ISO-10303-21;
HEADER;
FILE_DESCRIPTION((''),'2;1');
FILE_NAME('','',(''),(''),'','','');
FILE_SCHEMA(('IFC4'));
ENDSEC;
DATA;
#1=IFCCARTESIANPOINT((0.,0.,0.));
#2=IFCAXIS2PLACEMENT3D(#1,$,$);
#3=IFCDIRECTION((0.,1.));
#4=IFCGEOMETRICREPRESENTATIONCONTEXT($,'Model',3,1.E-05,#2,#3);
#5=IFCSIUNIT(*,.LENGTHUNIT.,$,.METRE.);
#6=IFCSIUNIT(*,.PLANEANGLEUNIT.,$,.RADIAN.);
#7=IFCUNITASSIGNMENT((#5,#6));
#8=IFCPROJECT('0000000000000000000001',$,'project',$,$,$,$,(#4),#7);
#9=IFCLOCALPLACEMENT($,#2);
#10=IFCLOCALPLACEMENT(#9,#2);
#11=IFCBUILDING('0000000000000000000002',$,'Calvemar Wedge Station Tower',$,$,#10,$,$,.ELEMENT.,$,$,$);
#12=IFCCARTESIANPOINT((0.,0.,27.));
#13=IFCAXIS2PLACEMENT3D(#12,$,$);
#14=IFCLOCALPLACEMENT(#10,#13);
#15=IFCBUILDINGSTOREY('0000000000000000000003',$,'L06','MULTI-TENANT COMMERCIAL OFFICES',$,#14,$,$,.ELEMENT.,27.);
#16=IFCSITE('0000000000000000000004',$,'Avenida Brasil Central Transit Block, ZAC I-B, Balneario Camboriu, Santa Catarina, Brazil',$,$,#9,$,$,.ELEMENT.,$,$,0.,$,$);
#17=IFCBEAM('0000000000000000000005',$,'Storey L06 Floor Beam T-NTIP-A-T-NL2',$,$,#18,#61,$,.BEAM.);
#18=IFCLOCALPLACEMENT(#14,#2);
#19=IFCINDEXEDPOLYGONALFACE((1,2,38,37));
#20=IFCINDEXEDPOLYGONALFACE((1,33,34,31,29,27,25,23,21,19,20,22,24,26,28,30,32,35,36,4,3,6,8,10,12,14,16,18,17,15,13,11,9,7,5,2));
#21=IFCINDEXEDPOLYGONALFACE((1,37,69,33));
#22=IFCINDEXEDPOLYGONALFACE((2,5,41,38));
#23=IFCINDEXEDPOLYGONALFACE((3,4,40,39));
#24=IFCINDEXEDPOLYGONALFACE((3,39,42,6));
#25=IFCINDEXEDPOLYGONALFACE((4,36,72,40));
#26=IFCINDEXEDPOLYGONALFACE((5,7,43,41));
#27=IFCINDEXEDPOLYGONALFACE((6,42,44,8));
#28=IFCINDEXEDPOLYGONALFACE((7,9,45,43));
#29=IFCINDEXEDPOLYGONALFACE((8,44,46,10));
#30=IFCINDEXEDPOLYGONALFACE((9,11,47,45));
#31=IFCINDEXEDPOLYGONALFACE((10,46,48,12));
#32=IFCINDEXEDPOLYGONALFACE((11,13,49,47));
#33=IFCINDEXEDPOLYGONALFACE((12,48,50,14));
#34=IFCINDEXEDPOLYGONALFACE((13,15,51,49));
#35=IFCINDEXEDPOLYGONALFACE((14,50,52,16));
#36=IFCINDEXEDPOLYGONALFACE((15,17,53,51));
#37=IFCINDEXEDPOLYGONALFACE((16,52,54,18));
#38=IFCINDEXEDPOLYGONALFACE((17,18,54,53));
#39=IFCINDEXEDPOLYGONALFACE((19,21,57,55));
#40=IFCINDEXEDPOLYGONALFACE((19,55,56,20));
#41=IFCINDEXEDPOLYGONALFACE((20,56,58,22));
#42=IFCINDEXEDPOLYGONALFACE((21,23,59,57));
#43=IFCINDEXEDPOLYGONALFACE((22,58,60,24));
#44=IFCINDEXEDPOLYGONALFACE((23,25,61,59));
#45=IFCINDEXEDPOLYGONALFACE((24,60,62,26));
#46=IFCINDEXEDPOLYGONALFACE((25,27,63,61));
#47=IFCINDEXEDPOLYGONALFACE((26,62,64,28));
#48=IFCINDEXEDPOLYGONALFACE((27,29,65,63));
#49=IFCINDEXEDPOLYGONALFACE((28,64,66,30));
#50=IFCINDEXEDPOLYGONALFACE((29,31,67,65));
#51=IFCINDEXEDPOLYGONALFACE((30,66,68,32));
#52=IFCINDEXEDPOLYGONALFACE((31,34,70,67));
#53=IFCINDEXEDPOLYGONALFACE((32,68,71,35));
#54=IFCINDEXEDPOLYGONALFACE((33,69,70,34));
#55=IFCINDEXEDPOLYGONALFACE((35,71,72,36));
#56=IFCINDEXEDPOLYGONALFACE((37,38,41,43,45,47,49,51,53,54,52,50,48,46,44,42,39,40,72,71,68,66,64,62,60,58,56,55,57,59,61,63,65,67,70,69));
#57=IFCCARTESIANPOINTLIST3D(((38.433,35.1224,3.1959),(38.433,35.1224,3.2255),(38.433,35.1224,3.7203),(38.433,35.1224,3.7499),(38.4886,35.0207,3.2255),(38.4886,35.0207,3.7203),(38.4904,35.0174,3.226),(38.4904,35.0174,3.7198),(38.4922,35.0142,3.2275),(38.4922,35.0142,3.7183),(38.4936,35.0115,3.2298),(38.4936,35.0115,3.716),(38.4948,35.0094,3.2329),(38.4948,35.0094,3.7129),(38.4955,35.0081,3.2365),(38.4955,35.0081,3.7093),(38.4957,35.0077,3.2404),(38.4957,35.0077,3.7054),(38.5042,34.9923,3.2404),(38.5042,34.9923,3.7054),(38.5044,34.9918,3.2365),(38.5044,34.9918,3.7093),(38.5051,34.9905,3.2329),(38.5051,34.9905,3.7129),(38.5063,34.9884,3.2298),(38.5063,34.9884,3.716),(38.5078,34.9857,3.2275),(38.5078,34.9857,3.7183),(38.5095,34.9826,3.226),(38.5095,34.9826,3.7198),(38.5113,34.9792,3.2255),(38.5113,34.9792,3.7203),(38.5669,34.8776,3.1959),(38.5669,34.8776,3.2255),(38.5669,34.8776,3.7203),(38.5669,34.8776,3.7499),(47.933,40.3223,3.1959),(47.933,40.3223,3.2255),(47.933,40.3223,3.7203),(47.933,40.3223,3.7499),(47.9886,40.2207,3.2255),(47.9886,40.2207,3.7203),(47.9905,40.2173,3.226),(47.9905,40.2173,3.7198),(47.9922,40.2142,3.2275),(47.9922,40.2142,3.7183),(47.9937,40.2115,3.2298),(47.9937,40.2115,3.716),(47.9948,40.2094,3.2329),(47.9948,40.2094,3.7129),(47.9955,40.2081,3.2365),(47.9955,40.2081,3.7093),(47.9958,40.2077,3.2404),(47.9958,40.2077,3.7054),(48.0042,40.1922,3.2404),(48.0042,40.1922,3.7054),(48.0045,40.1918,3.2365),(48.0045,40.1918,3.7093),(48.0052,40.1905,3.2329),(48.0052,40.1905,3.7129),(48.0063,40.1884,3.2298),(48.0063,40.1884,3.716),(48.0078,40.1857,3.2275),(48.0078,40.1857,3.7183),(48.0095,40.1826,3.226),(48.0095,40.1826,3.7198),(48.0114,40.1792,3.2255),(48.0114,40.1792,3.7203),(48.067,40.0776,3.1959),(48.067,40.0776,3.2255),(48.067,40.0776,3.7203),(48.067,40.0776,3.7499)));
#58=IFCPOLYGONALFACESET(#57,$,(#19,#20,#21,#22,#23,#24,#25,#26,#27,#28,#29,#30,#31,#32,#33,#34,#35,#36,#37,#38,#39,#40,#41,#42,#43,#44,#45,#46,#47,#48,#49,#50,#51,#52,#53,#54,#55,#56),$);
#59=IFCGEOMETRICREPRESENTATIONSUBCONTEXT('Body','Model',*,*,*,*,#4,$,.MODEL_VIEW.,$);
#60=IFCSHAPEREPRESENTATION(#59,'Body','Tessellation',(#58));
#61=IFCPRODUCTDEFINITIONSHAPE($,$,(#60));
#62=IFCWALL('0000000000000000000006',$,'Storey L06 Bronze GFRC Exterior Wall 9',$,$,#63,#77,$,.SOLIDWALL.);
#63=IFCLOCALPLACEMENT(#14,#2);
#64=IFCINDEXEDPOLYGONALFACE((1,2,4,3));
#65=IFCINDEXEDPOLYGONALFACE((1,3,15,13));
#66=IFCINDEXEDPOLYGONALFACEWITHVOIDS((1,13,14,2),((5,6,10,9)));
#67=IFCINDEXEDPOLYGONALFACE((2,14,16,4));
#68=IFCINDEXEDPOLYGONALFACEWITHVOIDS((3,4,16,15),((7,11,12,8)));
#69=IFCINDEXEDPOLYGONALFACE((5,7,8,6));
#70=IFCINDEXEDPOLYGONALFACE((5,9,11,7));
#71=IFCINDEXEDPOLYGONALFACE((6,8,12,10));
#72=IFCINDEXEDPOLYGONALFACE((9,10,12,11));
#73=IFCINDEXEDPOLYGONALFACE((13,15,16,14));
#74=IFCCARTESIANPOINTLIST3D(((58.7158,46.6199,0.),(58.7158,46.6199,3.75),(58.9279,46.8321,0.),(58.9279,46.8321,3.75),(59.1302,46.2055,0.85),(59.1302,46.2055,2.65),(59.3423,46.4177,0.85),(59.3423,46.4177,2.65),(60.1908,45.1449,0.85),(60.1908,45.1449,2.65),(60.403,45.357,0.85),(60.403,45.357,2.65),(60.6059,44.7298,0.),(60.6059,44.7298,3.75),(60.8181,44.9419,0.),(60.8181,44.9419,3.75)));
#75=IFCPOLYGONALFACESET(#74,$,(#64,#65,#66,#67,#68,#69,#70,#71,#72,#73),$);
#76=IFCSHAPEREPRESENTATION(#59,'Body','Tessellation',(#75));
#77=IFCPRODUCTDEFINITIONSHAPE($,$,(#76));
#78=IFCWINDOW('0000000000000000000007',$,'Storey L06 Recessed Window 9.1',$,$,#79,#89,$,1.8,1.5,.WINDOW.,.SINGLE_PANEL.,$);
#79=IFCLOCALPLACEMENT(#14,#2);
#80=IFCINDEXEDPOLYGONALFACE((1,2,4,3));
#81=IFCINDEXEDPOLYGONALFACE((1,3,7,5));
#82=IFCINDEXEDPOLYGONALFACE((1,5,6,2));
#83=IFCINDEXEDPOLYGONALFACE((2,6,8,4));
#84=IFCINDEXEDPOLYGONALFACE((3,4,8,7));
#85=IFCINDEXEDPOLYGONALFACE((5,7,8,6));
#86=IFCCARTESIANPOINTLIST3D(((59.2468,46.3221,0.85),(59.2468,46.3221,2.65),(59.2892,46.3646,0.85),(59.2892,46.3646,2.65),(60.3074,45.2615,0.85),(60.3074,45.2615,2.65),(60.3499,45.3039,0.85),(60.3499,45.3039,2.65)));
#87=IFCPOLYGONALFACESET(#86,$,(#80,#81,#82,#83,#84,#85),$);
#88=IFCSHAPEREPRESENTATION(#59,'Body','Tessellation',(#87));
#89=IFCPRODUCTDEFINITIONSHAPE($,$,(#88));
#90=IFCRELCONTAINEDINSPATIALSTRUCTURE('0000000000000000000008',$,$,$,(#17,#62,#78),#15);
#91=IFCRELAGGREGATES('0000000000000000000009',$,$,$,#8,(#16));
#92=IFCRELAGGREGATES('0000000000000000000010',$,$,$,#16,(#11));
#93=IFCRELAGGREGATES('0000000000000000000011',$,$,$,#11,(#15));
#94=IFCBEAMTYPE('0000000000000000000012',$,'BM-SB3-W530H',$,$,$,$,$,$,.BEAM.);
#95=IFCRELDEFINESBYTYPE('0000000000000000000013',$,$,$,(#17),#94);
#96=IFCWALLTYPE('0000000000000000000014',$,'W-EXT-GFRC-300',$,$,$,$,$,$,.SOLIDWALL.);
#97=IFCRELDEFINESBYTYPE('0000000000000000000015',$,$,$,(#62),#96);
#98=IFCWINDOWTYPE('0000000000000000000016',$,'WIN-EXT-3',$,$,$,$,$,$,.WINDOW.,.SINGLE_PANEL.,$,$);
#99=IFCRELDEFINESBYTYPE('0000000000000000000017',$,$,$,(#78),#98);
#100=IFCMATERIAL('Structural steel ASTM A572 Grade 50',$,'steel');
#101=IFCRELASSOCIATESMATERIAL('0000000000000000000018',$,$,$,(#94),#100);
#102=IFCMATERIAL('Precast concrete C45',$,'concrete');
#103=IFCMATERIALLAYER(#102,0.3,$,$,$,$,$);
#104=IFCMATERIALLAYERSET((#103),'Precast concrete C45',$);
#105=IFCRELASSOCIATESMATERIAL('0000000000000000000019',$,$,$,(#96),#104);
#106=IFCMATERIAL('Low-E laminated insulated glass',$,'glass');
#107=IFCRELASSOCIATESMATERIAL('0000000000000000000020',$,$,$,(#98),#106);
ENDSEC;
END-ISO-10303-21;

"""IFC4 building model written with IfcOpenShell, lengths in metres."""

from ifc_helpers import new_model, si_unit, direction, frame, frame_2d, origin, origin_2d, place, context, subcontext, project, spatial, rectangle, i_section, extrude, source, transform, mapped, material, layer, layer_set, material_profile, profile_set, type_object, element, fill, save


model = new_model("IFC4")

# Units and contexts
model_context = context("Model", 3, precision=1e-05, world=origin(), true_north=direction((0.0, 1.0)))
body_context = subcontext(model_context, "Body", "Model", "MODEL_VIEW")
ifc_project = project(units=[si_unit("LENGTHUNIT", "METRE"), si_unit("PLANEANGLEUNIT", "RADIAN")], contexts=[model_context])

# Site, building, storey
site_placement = place(None, origin())
site = spatial("IfcSite", under=ifc_project, at=site_placement, Name="Avenida Brasil Central Transit Block, ZAC I-B, Balneario Camboriu, Santa Catarina, Brazil", CompositionType="ELEMENT", RefElevation=0.0)
building_placement = place(site_placement, origin())
building = spatial("IfcBuilding", under=site, at=building_placement, Name="Calvemar Wedge Station Tower", CompositionType="ELEMENT")
storey_placement = place(building_placement, frame((0.0, 0.0, 27.0)))
storey = spatial("IfcBuildingStorey", under=building, at=storey_placement, Name="L06", Description="MULTI-TENANT COMMERCIAL OFFICES", CompositionType="ELEMENT", Elevation=27.0)

# Shared definitions
ifc_material_1 = material(Name="Structural steel ASTM A572 Grade 50", Category="steel")

# Beam
ifc_material_profile_1 = material_profile(ifc_material_1, i_section(OverallWidth=0.2791, OverallDepth=0.554, WebThickness=0.0176, FlangeThickness=0.0295, FilletRadius=0.0149, at=origin_2d()), Name="W530x196")
ifc_profile_set_1 = profile_set([ifc_material_profile_1], Name="Structural steel ASTM A572 Grade 50")
beam_type_1 = type_object("IfcBeamType", Name="BM-SB3-W530H", PredefinedType="BEAM", material=ifc_profile_set_1)
shared_shape_1 = source(origin(), body_context, "Body", "SweptSolid", [
    extrude(i_section(OverallWidth=0.2791, OverallDepth=0.554, WebThickness=0.0176, FlangeThickness=0.0295, FilletRadius=0.0149, at=origin_2d()), origin(), (0.0, 0.0, 1.0), 10.8301),
])
beam_1_placement = place(storey_placement, frame((48.0, 40.2, 3.4729), z_axis=(-0.877191, -0.480142, 0.0), x_axis=(0.480142, -0.877191, 0.0)))
element("IfcBeam", 1, at=beam_1_placement, inside=storey, type_object=beam_type_1, Name="Storey L06 Floor Beam T-NTIP-A-T-NL2", PredefinedType="BEAM", context=body_context, shape_type="MappedRepresentation", body=[
    mapped(shared_shape_1, transform((0.0, 0.0, 0.0), scale=1.0)),
])

# Wall, opening, window
ifc_material_2 = material(Name="Precast concrete C45", Category="concrete")
ifc_layer_1 = layer(ifc_material_2, 0.3)
ifc_layer_set_1 = layer_set([ifc_layer_1], Name="Precast concrete C45")
wall_type_1 = type_object("IfcWallType", Name="W-EXT-GFRC-300", PredefinedType="SOLIDWALL", material=ifc_layer_set_1)
wall_1_placement = place(storey_placement, frame((60.7119, 44.8359, 0.0), z_axis=(0.0, 0.0, 1.0), x_axis=(-0.707107, 0.707107, 0.0)))
wall_1 = element("IfcWall", 2, at=wall_1_placement, inside=storey, type_object=wall_type_1, Name="Storey L06 Bronze GFRC Exterior Wall 9", PredefinedType="SOLIDWALL", context=body_context, shape_type="SweptSolid", body=[
    extrude(rectangle(XDim=2.6731, YDim=0.3, at=frame_2d((1.3364, 0.0))), origin(), (0.0, 0.0, 1.0), 3.75),
])
shared_shape_2 = source(origin(), body_context, "Body", "SweptSolid", [
    extrude(rectangle(XDim=1.5, YDim=1.8, at=frame_2d((0.75, 0.8999))), frame((0.0, 0.1602, 0.0), z_axis=(0.0, -1.0, 0.0), x_axis=(1.0, 0.0, 0.0)), (0.0, 0.0, 1.0), 0.3201),
])
opening_1_placement = place(wall_1_placement, frame((0.5869, 0.0, 0.8501)))
opening_1 = element("IfcOpeningElement", 3, at=opening_1_placement, cuts=wall_1, PredefinedType="OPENING", context=body_context, shape_type="MappedRepresentation", body=[
    mapped(shared_shape_2, transform((0.0, 0.0, 0.0), scale=1.0)),
])
ifc_material_3 = material(Name="Low-E laminated insulated glass", Category="glass")
window_type_1 = type_object("IfcWindowType", Name="WIN-EXT-3", PartitioningType="SINGLE_PANEL", PredefinedType="WINDOW", material=ifc_material_3)
shared_shape_3 = source(origin(), body_context, "Body", "SweptSolid", [
    extrude(rectangle(XDim=1.5, YDim=1.8, at=frame_2d((0.75, 0.8999))), frame((0.0, -0.0149, 0.0), z_axis=(0.0, -1.0, 0.0), x_axis=(1.0, 0.0, 0.0)), (0.0, 0.0, 1.0), 0.0601),
])
window_1_placement = place(opening_1_placement, origin())
window_1 = element("IfcWindow", 4, at=window_1_placement, inside=storey, type_object=window_type_1, Name="Storey L06 Recessed Window 9.1", OverallHeight=1.8, OverallWidth=1.5, PartitioningType="SINGLE_PANEL", PredefinedType="WINDOW", context=body_context, shape_type="MappedRepresentation", body=[
    mapped(shared_shape_3, transform((0.0, 0.0, 0.0), scale=1.0)),
])
fill(opening_1, window_1)

save(model, "model.ifc")
